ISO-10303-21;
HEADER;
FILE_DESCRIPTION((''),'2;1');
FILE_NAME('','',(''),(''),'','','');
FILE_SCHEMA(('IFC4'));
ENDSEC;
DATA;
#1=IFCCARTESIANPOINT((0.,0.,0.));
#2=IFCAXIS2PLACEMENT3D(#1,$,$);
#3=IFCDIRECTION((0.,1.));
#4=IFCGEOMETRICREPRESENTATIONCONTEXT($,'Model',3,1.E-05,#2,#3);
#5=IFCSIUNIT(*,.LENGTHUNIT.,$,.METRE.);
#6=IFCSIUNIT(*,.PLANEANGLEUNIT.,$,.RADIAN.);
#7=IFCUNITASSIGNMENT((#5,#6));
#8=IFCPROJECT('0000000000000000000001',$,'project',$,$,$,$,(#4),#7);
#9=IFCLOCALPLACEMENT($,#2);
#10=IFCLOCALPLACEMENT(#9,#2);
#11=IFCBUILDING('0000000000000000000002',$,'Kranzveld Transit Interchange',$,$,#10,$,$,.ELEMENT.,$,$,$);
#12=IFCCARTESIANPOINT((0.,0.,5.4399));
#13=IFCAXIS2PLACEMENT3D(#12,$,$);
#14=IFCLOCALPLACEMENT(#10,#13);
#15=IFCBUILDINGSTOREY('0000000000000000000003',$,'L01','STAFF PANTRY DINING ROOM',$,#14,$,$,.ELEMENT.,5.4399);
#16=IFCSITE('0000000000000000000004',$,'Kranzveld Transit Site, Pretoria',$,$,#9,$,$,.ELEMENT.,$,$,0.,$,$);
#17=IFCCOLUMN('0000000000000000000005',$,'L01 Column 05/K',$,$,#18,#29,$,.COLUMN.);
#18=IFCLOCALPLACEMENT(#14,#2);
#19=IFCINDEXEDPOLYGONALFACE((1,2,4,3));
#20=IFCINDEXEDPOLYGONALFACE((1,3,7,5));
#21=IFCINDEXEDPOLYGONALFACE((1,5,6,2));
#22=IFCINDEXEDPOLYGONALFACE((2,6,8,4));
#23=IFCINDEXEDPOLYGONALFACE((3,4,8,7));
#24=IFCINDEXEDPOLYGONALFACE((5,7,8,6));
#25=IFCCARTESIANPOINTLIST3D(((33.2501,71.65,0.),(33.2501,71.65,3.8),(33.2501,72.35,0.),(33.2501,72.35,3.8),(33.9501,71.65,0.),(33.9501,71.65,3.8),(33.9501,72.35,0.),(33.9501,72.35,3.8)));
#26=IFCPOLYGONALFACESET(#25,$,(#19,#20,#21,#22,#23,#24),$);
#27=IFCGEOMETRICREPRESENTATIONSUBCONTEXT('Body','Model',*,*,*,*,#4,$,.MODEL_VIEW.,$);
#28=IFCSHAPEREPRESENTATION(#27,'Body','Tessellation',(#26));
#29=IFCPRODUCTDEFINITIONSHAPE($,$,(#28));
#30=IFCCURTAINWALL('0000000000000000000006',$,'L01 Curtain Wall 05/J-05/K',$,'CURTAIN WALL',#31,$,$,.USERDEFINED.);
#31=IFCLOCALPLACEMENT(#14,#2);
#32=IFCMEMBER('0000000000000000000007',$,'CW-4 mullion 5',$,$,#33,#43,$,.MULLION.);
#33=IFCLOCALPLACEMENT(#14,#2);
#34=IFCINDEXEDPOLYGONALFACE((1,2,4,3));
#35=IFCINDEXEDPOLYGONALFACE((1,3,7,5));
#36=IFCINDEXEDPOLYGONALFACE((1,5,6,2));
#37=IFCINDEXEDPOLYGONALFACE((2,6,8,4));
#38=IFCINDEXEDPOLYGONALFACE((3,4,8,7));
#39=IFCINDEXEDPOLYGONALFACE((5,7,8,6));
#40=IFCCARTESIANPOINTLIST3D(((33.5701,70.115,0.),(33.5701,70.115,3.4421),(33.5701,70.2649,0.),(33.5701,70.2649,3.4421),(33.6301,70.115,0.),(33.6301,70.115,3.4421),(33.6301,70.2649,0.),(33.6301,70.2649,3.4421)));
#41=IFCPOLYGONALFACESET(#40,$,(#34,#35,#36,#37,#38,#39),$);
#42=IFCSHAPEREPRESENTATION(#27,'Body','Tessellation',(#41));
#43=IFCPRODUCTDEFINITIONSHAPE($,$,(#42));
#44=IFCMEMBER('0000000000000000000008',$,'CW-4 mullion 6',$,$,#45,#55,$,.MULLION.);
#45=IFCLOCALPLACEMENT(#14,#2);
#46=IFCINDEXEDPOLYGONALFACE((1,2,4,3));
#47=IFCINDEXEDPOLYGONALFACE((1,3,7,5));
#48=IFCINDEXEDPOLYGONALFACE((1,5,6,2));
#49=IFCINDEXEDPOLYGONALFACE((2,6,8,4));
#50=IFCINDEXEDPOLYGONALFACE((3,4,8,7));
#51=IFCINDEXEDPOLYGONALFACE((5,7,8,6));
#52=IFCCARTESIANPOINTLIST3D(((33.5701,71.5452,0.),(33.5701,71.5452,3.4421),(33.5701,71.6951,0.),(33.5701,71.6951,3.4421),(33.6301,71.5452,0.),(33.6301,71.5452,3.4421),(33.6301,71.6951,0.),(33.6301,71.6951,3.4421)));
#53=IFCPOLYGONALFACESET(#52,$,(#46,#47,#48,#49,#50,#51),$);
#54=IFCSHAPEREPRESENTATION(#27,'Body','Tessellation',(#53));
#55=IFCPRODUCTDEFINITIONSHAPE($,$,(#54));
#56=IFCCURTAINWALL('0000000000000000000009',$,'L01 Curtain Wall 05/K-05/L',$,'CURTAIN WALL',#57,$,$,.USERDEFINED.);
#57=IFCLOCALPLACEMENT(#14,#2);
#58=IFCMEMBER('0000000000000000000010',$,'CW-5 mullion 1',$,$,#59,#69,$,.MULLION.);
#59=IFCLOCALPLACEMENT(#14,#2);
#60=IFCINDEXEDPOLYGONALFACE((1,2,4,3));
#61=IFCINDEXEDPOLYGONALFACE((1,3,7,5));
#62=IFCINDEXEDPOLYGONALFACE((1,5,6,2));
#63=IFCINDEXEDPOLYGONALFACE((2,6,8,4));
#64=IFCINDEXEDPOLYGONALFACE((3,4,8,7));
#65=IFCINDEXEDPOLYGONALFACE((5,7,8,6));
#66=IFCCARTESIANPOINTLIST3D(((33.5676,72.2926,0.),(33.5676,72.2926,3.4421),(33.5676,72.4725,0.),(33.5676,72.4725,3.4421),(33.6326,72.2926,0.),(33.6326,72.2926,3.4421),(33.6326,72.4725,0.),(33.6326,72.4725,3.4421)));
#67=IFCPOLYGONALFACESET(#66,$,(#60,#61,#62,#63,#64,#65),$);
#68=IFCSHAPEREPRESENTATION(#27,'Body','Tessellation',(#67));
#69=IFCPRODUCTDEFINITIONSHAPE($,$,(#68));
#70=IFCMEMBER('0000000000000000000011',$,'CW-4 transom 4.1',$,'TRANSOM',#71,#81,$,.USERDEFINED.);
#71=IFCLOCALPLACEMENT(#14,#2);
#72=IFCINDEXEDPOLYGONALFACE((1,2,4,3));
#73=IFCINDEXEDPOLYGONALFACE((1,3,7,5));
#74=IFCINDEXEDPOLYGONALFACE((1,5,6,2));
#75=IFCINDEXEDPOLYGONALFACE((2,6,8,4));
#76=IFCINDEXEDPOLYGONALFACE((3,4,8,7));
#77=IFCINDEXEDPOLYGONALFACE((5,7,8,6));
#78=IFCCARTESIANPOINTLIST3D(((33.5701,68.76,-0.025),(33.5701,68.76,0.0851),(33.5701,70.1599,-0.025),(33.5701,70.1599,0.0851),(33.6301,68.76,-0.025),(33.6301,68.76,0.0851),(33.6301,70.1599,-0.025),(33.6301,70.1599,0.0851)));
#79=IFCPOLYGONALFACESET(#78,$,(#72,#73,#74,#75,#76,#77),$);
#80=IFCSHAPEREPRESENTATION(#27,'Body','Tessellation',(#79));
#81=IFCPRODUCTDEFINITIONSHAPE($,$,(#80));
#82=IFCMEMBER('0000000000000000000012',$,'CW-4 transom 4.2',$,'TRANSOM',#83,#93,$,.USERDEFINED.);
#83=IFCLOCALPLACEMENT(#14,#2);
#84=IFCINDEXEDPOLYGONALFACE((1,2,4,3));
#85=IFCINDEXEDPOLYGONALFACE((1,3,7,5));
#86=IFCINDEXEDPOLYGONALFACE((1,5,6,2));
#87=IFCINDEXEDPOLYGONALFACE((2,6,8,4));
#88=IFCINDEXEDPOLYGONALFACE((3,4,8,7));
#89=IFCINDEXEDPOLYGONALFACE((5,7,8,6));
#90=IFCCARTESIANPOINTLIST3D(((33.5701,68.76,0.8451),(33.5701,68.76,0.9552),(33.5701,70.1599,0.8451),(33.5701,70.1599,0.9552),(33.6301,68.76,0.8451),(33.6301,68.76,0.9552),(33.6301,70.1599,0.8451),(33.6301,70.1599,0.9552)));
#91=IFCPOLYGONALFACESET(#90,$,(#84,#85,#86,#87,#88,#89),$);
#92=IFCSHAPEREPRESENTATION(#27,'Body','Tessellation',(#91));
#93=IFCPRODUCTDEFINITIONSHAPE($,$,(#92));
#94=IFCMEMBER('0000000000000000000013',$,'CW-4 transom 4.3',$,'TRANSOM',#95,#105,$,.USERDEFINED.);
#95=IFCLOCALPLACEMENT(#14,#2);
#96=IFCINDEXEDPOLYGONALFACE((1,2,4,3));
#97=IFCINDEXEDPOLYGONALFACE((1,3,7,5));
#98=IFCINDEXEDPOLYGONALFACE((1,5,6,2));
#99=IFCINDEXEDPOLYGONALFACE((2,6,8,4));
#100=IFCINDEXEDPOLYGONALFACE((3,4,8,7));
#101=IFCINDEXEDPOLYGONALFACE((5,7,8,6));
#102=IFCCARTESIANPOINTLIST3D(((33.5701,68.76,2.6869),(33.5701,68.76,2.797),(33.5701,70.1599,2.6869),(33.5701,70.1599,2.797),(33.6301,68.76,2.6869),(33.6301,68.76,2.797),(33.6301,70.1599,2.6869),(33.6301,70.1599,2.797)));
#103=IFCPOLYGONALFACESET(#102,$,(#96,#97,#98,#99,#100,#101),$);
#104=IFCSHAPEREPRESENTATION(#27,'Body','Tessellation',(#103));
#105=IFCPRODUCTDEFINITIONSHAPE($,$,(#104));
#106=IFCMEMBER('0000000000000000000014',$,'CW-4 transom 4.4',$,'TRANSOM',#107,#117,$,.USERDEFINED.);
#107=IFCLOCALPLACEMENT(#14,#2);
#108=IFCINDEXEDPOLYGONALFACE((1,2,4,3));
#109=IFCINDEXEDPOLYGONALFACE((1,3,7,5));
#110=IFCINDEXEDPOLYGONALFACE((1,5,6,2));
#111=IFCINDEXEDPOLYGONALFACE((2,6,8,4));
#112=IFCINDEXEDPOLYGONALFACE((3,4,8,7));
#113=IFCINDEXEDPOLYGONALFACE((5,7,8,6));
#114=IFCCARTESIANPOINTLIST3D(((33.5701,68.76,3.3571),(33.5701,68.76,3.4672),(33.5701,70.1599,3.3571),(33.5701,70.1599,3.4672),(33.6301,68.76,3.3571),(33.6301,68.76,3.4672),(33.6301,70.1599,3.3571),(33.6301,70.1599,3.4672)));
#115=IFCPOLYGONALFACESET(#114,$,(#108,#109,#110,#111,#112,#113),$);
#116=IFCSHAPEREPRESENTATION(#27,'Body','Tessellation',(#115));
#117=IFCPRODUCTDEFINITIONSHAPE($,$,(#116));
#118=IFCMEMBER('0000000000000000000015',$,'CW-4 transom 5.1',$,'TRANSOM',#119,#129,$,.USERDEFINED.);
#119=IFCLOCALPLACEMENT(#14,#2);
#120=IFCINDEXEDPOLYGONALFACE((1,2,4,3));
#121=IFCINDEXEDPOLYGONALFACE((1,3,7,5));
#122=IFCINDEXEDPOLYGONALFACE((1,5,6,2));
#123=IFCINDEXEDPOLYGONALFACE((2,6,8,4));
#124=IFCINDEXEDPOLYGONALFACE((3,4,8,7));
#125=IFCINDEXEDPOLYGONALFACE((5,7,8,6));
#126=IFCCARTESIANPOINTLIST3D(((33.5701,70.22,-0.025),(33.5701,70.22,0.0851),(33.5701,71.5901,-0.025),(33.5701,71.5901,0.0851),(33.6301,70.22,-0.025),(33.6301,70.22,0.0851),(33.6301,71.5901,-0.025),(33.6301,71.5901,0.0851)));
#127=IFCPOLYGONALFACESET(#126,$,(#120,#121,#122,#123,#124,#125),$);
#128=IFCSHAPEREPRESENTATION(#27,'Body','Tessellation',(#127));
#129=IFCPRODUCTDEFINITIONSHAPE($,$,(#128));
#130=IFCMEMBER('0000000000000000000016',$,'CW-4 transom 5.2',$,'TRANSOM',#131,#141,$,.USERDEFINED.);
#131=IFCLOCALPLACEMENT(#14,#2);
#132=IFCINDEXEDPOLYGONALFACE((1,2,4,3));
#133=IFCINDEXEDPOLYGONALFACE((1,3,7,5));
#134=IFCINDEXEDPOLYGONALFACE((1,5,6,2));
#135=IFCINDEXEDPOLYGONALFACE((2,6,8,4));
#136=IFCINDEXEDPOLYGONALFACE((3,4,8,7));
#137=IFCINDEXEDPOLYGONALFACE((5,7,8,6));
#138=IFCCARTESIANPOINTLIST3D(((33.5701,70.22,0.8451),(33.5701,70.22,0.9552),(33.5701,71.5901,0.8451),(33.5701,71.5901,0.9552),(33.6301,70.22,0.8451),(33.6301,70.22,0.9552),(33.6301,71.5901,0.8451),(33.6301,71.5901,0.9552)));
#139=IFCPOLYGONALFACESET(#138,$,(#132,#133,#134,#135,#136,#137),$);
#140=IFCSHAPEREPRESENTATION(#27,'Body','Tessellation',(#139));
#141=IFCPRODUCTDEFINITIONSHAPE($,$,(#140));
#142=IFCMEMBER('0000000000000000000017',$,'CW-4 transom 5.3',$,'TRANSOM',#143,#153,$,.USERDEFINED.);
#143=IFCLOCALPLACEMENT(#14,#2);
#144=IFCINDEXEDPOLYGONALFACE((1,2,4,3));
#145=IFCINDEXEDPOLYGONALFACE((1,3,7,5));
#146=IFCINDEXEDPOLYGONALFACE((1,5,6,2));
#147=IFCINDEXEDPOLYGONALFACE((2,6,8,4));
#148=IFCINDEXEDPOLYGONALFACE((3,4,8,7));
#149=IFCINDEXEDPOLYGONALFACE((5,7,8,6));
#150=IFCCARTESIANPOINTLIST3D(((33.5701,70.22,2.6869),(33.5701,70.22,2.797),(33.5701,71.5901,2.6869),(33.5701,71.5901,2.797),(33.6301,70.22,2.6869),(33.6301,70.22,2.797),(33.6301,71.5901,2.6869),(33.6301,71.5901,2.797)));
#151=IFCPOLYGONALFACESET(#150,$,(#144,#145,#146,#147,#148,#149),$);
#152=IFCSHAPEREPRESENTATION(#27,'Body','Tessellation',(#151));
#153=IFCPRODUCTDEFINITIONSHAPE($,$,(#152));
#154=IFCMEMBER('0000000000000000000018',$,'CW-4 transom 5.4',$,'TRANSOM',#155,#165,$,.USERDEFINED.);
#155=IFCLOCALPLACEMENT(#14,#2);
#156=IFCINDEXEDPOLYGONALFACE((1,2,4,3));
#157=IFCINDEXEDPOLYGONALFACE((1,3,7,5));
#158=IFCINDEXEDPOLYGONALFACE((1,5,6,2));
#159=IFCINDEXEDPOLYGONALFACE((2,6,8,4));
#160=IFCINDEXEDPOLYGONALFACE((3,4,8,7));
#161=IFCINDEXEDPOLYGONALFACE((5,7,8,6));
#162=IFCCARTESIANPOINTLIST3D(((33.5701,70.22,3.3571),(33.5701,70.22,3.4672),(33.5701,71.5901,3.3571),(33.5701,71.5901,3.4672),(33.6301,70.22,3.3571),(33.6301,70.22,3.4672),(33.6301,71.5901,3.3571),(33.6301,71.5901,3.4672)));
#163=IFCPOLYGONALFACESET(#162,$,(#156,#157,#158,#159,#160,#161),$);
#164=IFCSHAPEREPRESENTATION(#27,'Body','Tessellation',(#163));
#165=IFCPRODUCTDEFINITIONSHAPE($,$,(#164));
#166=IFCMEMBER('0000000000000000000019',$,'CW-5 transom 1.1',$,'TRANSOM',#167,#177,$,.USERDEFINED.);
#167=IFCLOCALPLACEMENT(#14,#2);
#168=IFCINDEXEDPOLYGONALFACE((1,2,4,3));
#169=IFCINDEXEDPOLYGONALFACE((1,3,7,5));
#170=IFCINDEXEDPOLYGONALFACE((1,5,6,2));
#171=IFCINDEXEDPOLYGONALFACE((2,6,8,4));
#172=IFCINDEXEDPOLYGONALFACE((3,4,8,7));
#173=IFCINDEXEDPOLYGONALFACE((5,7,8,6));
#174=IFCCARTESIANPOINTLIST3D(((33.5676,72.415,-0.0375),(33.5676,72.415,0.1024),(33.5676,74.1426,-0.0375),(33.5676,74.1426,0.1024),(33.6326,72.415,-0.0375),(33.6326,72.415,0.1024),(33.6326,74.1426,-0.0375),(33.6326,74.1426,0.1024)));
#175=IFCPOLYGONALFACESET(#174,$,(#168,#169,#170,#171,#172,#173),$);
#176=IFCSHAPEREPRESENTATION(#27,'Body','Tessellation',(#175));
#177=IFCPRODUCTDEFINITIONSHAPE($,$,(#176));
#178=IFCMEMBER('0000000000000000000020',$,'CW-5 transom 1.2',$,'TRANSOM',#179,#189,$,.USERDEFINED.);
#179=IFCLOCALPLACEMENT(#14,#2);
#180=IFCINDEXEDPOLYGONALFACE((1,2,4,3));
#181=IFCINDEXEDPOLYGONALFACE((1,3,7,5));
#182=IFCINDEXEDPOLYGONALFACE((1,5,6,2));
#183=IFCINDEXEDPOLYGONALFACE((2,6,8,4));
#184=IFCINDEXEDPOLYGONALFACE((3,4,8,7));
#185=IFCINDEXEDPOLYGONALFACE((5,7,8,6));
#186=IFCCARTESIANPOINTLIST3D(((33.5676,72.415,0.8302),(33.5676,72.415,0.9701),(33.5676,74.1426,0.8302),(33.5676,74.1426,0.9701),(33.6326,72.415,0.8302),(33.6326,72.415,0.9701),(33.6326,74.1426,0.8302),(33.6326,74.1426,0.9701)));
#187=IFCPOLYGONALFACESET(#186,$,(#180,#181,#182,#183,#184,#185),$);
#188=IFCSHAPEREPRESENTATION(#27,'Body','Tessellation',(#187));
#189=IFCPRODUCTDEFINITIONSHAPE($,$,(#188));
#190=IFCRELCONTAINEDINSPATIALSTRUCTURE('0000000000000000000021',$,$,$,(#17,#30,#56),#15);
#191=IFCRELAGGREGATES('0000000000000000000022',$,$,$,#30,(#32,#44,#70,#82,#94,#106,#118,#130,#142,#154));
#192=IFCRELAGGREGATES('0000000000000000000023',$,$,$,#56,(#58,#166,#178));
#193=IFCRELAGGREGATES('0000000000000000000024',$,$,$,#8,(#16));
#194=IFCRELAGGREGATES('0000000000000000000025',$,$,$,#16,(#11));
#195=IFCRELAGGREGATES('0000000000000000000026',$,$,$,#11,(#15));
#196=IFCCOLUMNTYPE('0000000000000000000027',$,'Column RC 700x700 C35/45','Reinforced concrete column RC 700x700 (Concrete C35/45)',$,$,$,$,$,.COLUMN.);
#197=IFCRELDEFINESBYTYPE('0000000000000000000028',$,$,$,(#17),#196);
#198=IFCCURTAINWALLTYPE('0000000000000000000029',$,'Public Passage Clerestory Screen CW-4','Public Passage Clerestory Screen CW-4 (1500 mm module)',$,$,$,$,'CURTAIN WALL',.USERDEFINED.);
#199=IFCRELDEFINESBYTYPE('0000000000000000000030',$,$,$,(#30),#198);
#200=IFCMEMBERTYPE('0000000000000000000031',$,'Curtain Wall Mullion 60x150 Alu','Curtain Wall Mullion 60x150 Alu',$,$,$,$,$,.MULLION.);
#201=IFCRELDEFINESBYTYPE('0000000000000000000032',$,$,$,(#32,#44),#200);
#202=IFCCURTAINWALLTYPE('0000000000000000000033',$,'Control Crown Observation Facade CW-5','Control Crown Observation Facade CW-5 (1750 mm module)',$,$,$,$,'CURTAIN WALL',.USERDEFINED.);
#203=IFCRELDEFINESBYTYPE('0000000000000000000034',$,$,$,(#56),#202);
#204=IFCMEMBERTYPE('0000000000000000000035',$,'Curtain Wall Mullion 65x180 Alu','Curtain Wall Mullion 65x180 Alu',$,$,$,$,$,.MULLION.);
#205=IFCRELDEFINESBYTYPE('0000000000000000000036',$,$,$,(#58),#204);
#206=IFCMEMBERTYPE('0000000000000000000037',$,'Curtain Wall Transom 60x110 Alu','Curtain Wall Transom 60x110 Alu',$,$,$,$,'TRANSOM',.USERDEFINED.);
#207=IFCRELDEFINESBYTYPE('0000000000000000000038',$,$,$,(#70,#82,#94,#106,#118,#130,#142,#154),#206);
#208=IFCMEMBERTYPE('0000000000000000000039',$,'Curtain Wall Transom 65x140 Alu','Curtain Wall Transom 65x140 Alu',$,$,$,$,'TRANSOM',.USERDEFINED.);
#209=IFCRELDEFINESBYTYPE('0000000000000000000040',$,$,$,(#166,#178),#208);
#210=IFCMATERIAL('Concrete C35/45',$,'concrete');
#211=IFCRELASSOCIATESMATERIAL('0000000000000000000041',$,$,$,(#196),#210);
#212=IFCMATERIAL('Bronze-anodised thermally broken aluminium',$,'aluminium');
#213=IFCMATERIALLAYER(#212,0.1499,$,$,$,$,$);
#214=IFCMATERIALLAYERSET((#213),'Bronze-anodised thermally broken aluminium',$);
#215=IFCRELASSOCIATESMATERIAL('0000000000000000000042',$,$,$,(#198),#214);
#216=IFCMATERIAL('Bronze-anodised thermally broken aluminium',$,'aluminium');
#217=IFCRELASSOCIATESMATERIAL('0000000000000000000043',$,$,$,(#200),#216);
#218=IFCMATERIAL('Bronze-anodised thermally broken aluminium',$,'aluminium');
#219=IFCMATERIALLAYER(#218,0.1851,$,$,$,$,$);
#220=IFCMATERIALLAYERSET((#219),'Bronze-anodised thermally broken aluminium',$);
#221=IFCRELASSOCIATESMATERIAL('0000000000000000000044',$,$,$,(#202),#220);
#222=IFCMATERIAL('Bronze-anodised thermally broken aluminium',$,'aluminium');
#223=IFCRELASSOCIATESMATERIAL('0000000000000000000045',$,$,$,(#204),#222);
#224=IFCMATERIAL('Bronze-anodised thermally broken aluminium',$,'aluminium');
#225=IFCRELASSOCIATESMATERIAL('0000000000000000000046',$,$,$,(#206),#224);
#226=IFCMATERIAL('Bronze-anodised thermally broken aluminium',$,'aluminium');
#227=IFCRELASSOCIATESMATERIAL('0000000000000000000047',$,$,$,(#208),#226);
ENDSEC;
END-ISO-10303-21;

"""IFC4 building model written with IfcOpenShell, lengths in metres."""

from ifc_helpers import new_model, si_unit, direction, frame, origin, origin_2d, place, context, subcontext, project, spatial, rectangle, extrude, material, layer, layer_set, material_profile, profile_set, type_object, element, aggregate, save


model = new_model("IFC4")

# Units and contexts
model_context = context("Model", 3, precision=1e-05, world=origin(), true_north=direction((0.0, 1.0)))
body_context = subcontext(model_context, "Body", "Model", "MODEL_VIEW")
ifc_project = project(units=[si_unit("LENGTHUNIT", "METRE"), si_unit("PLANEANGLEUNIT", "RADIAN")], contexts=[model_context])

# Site, building, storey
site_placement = place(None, origin())
site = spatial("IfcSite", under=ifc_project, at=site_placement, Name="Kranzveld Transit Site, Pretoria", CompositionType="ELEMENT", RefElevation=0.0)
building_placement = place(site_placement, origin())
building = spatial("IfcBuilding", under=site, at=building_placement, Name="Kranzveld Transit Interchange", CompositionType="ELEMENT")
storey_placement = place(building_placement, frame((0.0, 0.0, 5.4399)))
storey = spatial("IfcBuildingStorey", under=building, at=storey_placement, Name="L01", Description="STAFF PANTRY DINING ROOM", CompositionType="ELEMENT", Elevation=5.4399)

# Column
ifc_material_1 = material(Name="Concrete C35/45", Category="concrete")
ifc_material_profile_1 = material_profile(ifc_material_1, rectangle(XDim=0.7, YDim=0.7, at=origin_2d()), Name="RC 700x700")
ifc_profile_set_1 = profile_set([ifc_material_profile_1], Name="Concrete C35/45")
column_type = type_object("IfcColumnType", Name="Column RC 700x700 C35/45", Description="Reinforced concrete column RC 700x700 (Concrete C35/45)", PredefinedType="COLUMN", material=ifc_profile_set_1)
column_placement = place(storey_placement, frame((33.6001, 72.0, 0.0), z_axis=(0.0, 0.0, 1.0), x_axis=(1.0, 0.0, 0.0)))
element("IfcColumn", 1, at=column_placement, inside=storey, type_object=column_type, Name="L01 Column 05/K", PredefinedType="COLUMN", context=body_context, shape_type="SweptSolid", body=[
    extrude(rectangle(XDim=0.7, YDim=0.7, at=origin_2d()), origin(), (0.0, 0.0, 1.0), 3.8),
])

# Curtain wall, members
ifc_material_2 = material(Name="Bronze-anodised thermally broken aluminium", Category="aluminium")
ifc_layer_1 = layer(ifc_material_2, 0.1499)
ifc_layer_set_1 = layer_set([ifc_layer_1], Name="Bronze-anodised thermally broken aluminium")
curtain_wall_type_1 = type_object("IfcCurtainWallType", Name="Public Passage Clerestory Screen CW-4", Description="Public Passage Clerestory Screen CW-4 (1500 mm module)", ElementType="CURTAIN WALL", PredefinedType="USERDEFINED", material=ifc_layer_set_1)
curtain_wall_1_placement = place(storey_placement, origin())
curtain_wall_1 = element("IfcCurtainWall", 2, at=curtain_wall_1_placement, inside=storey, type_object=curtain_wall_type_1, Name="L01 Curtain Wall 05/J-05/K", ObjectType="CURTAIN WALL", PredefinedType="USERDEFINED")
ifc_material_3 = material(Name="Bronze-anodised thermally broken aluminium", Category="aluminium")
ifc_material_profile_2 = material_profile(ifc_material_3, rectangle(XDim=0.0601, YDim=0.1499, at=origin_2d()), Name="ALU MULLION 60x150")
ifc_profile_set_2 = profile_set([ifc_material_profile_2], Name="Bronze-anodised thermally broken aluminium")
member_type_1 = type_object("IfcMemberType", Name="Curtain Wall Mullion 60x150 Alu", Description="Curtain Wall Mullion 60x150 Alu", PredefinedType="MULLION", material=ifc_profile_set_2)
member_1_placement = place(storey_placement, frame((33.6001, 70.1899, 0.0), z_axis=(0.0, 0.0, 1.0), x_axis=(-1.0, 0.0, 0.0)))
member_1 = element("IfcMember", 3, at=member_1_placement, type_object=member_type_1, Name="CW-4 mullion 5", PredefinedType="MULLION", context=body_context, shape_type="SweptSolid", body=[
    extrude(rectangle(XDim=0.0601, YDim=0.1499, at=origin_2d()), origin(), (0.0, 0.0, 1.0), 3.4421),
])
member_2_placement = place(storey_placement, frame((33.6001, 71.6201, 0.0), z_axis=(0.0, 0.0, 1.0), x_axis=(-1.0, 0.0, 0.0)))
member_2 = element("IfcMember", 4, at=member_2_placement, type_object=member_type_1, Name="CW-4 mullion 6", PredefinedType="MULLION", context=body_context, shape_type="SweptSolid", body=[
    extrude(rectangle(XDim=0.0601, YDim=0.1499, at=origin_2d()), origin(), (0.0, 0.0, 1.0), 3.4421),
])

# Curtain wall, member
ifc_material_4 = material(Name="Bronze-anodised thermally broken aluminium", Category="aluminium")
ifc_layer_2 = layer(ifc_material_4, 0.1851)
ifc_layer_set_2 = layer_set([ifc_layer_2], Name="Bronze-anodised thermally broken aluminium")
curtain_wall_type_2 = type_object("IfcCurtainWallType", Name="Control Crown Observation Facade CW-5", Description="Control Crown Observation Facade CW-5 (1750 mm module)", ElementType="CURTAIN WALL", PredefinedType="USERDEFINED", material=ifc_layer_set_2)
curtain_wall_2_placement = place(storey_placement, origin())
curtain_wall_2 = element("IfcCurtainWall", 5, at=curtain_wall_2_placement, inside=storey, type_object=curtain_wall_type_2, Name="L01 Curtain Wall 05/K-05/L", ObjectType="CURTAIN WALL", PredefinedType="USERDEFINED")
ifc_material_5 = material(Name="Bronze-anodised thermally broken aluminium", Category="aluminium")
ifc_material_profile_3 = material_profile(ifc_material_5, rectangle(XDim=0.0649, YDim=0.1799, at=origin_2d()), Name="ALU MULLION 65x180")
ifc_profile_set_3 = profile_set([ifc_material_profile_3], Name="Bronze-anodised thermally broken aluminium")
member_type_2 = type_object("IfcMemberType", Name="Curtain Wall Mullion 65x180 Alu", Description="Curtain Wall Mullion 65x180 Alu", PredefinedType="MULLION", material=ifc_profile_set_3)
member_3_placement = place(storey_placement, frame((33.6001, 72.3826, 0.0), z_axis=(0.0, 0.0, 1.0), x_axis=(-1.0, 0.0, 0.0)))
member_3 = element("IfcMember", 6, at=member_3_placement, type_object=member_type_2, Name="CW-5 mullion 1", PredefinedType="MULLION", context=body_context, shape_type="SweptSolid", body=[
    extrude(rectangle(XDim=0.0649, YDim=0.1799, at=origin_2d()), origin(), (0.0, 0.0, 1.0), 3.4421),
])

# Members
ifc_material_6 = material(Name="Bronze-anodised thermally broken aluminium", Category="aluminium")
ifc_material_profile_4 = material_profile(ifc_material_6, rectangle(XDim=0.0601, YDim=0.1101, at=origin_2d()), Name="ALU TRANSOM 60x110")
ifc_profile_set_4 = profile_set([ifc_material_profile_4], Name="Bronze-anodised thermally broken aluminium")
member_type_3 = type_object("IfcMemberType", Name="Curtain Wall Transom 60x110 Alu", Description="Curtain Wall Transom 60x110 Alu", ElementType="TRANSOM", PredefinedType="USERDEFINED", material=ifc_profile_set_4)
member_4_placement = place(storey_placement, frame((33.6001, 68.76, 0.03), z_axis=(0.0, 1.0, 0.0), x_axis=(-1.0, 0.0, 0.0)))
member_4 = element("IfcMember", 7, at=member_4_placement, type_object=member_type_3, Name="CW-4 transom 4.1", ObjectType="TRANSOM", PredefinedType="USERDEFINED", context=body_context, shape_type="SweptSolid", body=[
    extrude(rectangle(XDim=0.0601, YDim=0.1101, at=origin_2d()), origin(), (0.0, 0.0, 1.0), 1.3999),
])
member_5_placement = place(storey_placement, frame((33.6001, 68.76, 0.9001), z_axis=(0.0, 1.0, 0.0), x_axis=(-1.0, 0.0, 0.0)))
member_5 = element("IfcMember", 8, at=member_5_placement, type_object=member_type_3, Name="CW-4 transom 4.2", ObjectType="TRANSOM", PredefinedType="USERDEFINED", context=body_context, shape_type="SweptSolid", body=[
    extrude(rectangle(XDim=0.0601, YDim=0.1101, at=origin_2d()), origin(), (0.0, 0.0, 1.0), 1.3999),
])
member_6_placement = place(storey_placement, frame((33.6001, 68.76, 2.7419), z_axis=(0.0, 1.0, 0.0), x_axis=(-1.0, 0.0, 0.0)))
member_6 = element("IfcMember", 9, at=member_6_placement, type_object=member_type_3, Name="CW-4 transom 4.3", ObjectType="TRANSOM", PredefinedType="USERDEFINED", context=body_context, shape_type="SweptSolid", body=[
    extrude(rectangle(XDim=0.0601, YDim=0.1101, at=origin_2d()), origin(), (0.0, 0.0, 1.0), 1.3999),
])
member_7_placement = place(storey_placement, frame((33.6001, 68.76, 3.4121), z_axis=(0.0, 1.0, 0.0), x_axis=(-1.0, 0.0, 0.0)))
member_7 = element("IfcMember", 10, at=member_7_placement, type_object=member_type_3, Name="CW-4 transom 4.4", ObjectType="TRANSOM", PredefinedType="USERDEFINED", context=body_context, shape_type="SweptSolid", body=[
    extrude(rectangle(XDim=0.0601, YDim=0.1101, at=origin_2d()), origin(), (0.0, 0.0, 1.0), 1.3999),
])
member_8_placement = place(storey_placement, frame((33.6001, 70.22, 0.03), z_axis=(0.0, 1.0, 0.0), x_axis=(-1.0, 0.0, 0.0)))
member_8 = element("IfcMember", 11, at=member_8_placement, type_object=member_type_3, Name="CW-4 transom 5.1", ObjectType="TRANSOM", PredefinedType="USERDEFINED", context=body_context, shape_type="SweptSolid", body=[
    extrude(rectangle(XDim=0.0601, YDim=0.1101, at=origin_2d()), origin(), (0.0, 0.0, 1.0), 1.3701),
])
member_9_placement = place(storey_placement, frame((33.6001, 70.22, 0.9001), z_axis=(0.0, 1.0, 0.0), x_axis=(-1.0, 0.0, 0.0)))
member_9 = element("IfcMember", 12, at=member_9_placement, type_object=member_type_3, Name="CW-4 transom 5.2", ObjectType="TRANSOM", PredefinedType="USERDEFINED", context=body_context, shape_type="SweptSolid", body=[
    extrude(rectangle(XDim=0.0601, YDim=0.1101, at=origin_2d()), origin(), (0.0, 0.0, 1.0), 1.3701),
])
member_10_placement = place(storey_placement, frame((33.6001, 70.22, 2.7419), z_axis=(0.0, 1.0, 0.0), x_axis=(-1.0, 0.0, 0.0)))
member_10 = element("IfcMember", 13, at=member_10_placement, type_object=member_type_3, Name="CW-4 transom 5.3", ObjectType="TRANSOM", PredefinedType="USERDEFINED", context=body_context, shape_type="SweptSolid", body=[
    extrude(rectangle(XDim=0.0601, YDim=0.1101, at=origin_2d()), origin(), (0.0, 0.0, 1.0), 1.3701),
])
member_11_placement = place(storey_placement, frame((33.6001, 70.22, 3.4121), z_axis=(0.0, 1.0, 0.0), x_axis=(-1.0, 0.0, 0.0)))
member_11 = element("IfcMember", 14, at=member_11_placement, type_object=member_type_3, Name="CW-4 transom 5.4", ObjectType="TRANSOM", PredefinedType="USERDEFINED", context=body_context, shape_type="SweptSolid", body=[
    extrude(rectangle(XDim=0.0601, YDim=0.1101, at=origin_2d()), origin(), (0.0, 0.0, 1.0), 1.3701),
])
ifc_material_7 = material(Name="Bronze-anodised thermally broken aluminium", Category="aluminium")
ifc_material_profile_5 = material_profile(ifc_material_7, rectangle(XDim=0.0649, YDim=0.1399, at=origin_2d()), Name="ALU TRANSOM 65x140")
ifc_profile_set_5 = profile_set([ifc_material_profile_5], Name="Bronze-anodised thermally broken aluminium")
member_type_4 = type_object("IfcMemberType", Name="Curtain Wall Transom 65x140 Alu", Description="Curtain Wall Transom 65x140 Alu", ElementType="TRANSOM", PredefinedType="USERDEFINED", material=ifc_profile_set_5)
member_12_placement = place(storey_placement, frame((33.6001, 72.415, 0.0325), z_axis=(0.0, 1.0, 0.0), x_axis=(-1.0, 0.0, 0.0)))
member_12 = element("IfcMember", 15, at=member_12_placement, type_object=member_type_4, Name="CW-5 transom 1.1", ObjectType="TRANSOM", PredefinedType="USERDEFINED", context=body_context, shape_type="SweptSolid", body=[
    extrude(rectangle(XDim=0.0649, YDim=0.1399, at=origin_2d()), origin(), (0.0, 0.0, 1.0), 1.7275),
])
member_13_placement = place(storey_placement, frame((33.6001, 72.415, 0.9001), z_axis=(0.0, 1.0, 0.0), x_axis=(-1.0, 0.0, 0.0)))
member_13 = element("IfcMember", 16, at=member_13_placement, type_object=member_type_4, Name="CW-5 transom 1.2", ObjectType="TRANSOM", PredefinedType="USERDEFINED", context=body_context, shape_type="SweptSolid", body=[
    extrude(rectangle(XDim=0.0649, YDim=0.1399, at=origin_2d()), origin(), (0.0, 0.0, 1.0), 1.7275),
])

aggregate(curtain_wall_1, [member_1, member_2, member_4, member_5, member_6, member_7, member_8, member_9, member_10, member_11])
aggregate(curtain_wall_2, [member_3, member_12, member_13])

save(model, "model.ifc")
